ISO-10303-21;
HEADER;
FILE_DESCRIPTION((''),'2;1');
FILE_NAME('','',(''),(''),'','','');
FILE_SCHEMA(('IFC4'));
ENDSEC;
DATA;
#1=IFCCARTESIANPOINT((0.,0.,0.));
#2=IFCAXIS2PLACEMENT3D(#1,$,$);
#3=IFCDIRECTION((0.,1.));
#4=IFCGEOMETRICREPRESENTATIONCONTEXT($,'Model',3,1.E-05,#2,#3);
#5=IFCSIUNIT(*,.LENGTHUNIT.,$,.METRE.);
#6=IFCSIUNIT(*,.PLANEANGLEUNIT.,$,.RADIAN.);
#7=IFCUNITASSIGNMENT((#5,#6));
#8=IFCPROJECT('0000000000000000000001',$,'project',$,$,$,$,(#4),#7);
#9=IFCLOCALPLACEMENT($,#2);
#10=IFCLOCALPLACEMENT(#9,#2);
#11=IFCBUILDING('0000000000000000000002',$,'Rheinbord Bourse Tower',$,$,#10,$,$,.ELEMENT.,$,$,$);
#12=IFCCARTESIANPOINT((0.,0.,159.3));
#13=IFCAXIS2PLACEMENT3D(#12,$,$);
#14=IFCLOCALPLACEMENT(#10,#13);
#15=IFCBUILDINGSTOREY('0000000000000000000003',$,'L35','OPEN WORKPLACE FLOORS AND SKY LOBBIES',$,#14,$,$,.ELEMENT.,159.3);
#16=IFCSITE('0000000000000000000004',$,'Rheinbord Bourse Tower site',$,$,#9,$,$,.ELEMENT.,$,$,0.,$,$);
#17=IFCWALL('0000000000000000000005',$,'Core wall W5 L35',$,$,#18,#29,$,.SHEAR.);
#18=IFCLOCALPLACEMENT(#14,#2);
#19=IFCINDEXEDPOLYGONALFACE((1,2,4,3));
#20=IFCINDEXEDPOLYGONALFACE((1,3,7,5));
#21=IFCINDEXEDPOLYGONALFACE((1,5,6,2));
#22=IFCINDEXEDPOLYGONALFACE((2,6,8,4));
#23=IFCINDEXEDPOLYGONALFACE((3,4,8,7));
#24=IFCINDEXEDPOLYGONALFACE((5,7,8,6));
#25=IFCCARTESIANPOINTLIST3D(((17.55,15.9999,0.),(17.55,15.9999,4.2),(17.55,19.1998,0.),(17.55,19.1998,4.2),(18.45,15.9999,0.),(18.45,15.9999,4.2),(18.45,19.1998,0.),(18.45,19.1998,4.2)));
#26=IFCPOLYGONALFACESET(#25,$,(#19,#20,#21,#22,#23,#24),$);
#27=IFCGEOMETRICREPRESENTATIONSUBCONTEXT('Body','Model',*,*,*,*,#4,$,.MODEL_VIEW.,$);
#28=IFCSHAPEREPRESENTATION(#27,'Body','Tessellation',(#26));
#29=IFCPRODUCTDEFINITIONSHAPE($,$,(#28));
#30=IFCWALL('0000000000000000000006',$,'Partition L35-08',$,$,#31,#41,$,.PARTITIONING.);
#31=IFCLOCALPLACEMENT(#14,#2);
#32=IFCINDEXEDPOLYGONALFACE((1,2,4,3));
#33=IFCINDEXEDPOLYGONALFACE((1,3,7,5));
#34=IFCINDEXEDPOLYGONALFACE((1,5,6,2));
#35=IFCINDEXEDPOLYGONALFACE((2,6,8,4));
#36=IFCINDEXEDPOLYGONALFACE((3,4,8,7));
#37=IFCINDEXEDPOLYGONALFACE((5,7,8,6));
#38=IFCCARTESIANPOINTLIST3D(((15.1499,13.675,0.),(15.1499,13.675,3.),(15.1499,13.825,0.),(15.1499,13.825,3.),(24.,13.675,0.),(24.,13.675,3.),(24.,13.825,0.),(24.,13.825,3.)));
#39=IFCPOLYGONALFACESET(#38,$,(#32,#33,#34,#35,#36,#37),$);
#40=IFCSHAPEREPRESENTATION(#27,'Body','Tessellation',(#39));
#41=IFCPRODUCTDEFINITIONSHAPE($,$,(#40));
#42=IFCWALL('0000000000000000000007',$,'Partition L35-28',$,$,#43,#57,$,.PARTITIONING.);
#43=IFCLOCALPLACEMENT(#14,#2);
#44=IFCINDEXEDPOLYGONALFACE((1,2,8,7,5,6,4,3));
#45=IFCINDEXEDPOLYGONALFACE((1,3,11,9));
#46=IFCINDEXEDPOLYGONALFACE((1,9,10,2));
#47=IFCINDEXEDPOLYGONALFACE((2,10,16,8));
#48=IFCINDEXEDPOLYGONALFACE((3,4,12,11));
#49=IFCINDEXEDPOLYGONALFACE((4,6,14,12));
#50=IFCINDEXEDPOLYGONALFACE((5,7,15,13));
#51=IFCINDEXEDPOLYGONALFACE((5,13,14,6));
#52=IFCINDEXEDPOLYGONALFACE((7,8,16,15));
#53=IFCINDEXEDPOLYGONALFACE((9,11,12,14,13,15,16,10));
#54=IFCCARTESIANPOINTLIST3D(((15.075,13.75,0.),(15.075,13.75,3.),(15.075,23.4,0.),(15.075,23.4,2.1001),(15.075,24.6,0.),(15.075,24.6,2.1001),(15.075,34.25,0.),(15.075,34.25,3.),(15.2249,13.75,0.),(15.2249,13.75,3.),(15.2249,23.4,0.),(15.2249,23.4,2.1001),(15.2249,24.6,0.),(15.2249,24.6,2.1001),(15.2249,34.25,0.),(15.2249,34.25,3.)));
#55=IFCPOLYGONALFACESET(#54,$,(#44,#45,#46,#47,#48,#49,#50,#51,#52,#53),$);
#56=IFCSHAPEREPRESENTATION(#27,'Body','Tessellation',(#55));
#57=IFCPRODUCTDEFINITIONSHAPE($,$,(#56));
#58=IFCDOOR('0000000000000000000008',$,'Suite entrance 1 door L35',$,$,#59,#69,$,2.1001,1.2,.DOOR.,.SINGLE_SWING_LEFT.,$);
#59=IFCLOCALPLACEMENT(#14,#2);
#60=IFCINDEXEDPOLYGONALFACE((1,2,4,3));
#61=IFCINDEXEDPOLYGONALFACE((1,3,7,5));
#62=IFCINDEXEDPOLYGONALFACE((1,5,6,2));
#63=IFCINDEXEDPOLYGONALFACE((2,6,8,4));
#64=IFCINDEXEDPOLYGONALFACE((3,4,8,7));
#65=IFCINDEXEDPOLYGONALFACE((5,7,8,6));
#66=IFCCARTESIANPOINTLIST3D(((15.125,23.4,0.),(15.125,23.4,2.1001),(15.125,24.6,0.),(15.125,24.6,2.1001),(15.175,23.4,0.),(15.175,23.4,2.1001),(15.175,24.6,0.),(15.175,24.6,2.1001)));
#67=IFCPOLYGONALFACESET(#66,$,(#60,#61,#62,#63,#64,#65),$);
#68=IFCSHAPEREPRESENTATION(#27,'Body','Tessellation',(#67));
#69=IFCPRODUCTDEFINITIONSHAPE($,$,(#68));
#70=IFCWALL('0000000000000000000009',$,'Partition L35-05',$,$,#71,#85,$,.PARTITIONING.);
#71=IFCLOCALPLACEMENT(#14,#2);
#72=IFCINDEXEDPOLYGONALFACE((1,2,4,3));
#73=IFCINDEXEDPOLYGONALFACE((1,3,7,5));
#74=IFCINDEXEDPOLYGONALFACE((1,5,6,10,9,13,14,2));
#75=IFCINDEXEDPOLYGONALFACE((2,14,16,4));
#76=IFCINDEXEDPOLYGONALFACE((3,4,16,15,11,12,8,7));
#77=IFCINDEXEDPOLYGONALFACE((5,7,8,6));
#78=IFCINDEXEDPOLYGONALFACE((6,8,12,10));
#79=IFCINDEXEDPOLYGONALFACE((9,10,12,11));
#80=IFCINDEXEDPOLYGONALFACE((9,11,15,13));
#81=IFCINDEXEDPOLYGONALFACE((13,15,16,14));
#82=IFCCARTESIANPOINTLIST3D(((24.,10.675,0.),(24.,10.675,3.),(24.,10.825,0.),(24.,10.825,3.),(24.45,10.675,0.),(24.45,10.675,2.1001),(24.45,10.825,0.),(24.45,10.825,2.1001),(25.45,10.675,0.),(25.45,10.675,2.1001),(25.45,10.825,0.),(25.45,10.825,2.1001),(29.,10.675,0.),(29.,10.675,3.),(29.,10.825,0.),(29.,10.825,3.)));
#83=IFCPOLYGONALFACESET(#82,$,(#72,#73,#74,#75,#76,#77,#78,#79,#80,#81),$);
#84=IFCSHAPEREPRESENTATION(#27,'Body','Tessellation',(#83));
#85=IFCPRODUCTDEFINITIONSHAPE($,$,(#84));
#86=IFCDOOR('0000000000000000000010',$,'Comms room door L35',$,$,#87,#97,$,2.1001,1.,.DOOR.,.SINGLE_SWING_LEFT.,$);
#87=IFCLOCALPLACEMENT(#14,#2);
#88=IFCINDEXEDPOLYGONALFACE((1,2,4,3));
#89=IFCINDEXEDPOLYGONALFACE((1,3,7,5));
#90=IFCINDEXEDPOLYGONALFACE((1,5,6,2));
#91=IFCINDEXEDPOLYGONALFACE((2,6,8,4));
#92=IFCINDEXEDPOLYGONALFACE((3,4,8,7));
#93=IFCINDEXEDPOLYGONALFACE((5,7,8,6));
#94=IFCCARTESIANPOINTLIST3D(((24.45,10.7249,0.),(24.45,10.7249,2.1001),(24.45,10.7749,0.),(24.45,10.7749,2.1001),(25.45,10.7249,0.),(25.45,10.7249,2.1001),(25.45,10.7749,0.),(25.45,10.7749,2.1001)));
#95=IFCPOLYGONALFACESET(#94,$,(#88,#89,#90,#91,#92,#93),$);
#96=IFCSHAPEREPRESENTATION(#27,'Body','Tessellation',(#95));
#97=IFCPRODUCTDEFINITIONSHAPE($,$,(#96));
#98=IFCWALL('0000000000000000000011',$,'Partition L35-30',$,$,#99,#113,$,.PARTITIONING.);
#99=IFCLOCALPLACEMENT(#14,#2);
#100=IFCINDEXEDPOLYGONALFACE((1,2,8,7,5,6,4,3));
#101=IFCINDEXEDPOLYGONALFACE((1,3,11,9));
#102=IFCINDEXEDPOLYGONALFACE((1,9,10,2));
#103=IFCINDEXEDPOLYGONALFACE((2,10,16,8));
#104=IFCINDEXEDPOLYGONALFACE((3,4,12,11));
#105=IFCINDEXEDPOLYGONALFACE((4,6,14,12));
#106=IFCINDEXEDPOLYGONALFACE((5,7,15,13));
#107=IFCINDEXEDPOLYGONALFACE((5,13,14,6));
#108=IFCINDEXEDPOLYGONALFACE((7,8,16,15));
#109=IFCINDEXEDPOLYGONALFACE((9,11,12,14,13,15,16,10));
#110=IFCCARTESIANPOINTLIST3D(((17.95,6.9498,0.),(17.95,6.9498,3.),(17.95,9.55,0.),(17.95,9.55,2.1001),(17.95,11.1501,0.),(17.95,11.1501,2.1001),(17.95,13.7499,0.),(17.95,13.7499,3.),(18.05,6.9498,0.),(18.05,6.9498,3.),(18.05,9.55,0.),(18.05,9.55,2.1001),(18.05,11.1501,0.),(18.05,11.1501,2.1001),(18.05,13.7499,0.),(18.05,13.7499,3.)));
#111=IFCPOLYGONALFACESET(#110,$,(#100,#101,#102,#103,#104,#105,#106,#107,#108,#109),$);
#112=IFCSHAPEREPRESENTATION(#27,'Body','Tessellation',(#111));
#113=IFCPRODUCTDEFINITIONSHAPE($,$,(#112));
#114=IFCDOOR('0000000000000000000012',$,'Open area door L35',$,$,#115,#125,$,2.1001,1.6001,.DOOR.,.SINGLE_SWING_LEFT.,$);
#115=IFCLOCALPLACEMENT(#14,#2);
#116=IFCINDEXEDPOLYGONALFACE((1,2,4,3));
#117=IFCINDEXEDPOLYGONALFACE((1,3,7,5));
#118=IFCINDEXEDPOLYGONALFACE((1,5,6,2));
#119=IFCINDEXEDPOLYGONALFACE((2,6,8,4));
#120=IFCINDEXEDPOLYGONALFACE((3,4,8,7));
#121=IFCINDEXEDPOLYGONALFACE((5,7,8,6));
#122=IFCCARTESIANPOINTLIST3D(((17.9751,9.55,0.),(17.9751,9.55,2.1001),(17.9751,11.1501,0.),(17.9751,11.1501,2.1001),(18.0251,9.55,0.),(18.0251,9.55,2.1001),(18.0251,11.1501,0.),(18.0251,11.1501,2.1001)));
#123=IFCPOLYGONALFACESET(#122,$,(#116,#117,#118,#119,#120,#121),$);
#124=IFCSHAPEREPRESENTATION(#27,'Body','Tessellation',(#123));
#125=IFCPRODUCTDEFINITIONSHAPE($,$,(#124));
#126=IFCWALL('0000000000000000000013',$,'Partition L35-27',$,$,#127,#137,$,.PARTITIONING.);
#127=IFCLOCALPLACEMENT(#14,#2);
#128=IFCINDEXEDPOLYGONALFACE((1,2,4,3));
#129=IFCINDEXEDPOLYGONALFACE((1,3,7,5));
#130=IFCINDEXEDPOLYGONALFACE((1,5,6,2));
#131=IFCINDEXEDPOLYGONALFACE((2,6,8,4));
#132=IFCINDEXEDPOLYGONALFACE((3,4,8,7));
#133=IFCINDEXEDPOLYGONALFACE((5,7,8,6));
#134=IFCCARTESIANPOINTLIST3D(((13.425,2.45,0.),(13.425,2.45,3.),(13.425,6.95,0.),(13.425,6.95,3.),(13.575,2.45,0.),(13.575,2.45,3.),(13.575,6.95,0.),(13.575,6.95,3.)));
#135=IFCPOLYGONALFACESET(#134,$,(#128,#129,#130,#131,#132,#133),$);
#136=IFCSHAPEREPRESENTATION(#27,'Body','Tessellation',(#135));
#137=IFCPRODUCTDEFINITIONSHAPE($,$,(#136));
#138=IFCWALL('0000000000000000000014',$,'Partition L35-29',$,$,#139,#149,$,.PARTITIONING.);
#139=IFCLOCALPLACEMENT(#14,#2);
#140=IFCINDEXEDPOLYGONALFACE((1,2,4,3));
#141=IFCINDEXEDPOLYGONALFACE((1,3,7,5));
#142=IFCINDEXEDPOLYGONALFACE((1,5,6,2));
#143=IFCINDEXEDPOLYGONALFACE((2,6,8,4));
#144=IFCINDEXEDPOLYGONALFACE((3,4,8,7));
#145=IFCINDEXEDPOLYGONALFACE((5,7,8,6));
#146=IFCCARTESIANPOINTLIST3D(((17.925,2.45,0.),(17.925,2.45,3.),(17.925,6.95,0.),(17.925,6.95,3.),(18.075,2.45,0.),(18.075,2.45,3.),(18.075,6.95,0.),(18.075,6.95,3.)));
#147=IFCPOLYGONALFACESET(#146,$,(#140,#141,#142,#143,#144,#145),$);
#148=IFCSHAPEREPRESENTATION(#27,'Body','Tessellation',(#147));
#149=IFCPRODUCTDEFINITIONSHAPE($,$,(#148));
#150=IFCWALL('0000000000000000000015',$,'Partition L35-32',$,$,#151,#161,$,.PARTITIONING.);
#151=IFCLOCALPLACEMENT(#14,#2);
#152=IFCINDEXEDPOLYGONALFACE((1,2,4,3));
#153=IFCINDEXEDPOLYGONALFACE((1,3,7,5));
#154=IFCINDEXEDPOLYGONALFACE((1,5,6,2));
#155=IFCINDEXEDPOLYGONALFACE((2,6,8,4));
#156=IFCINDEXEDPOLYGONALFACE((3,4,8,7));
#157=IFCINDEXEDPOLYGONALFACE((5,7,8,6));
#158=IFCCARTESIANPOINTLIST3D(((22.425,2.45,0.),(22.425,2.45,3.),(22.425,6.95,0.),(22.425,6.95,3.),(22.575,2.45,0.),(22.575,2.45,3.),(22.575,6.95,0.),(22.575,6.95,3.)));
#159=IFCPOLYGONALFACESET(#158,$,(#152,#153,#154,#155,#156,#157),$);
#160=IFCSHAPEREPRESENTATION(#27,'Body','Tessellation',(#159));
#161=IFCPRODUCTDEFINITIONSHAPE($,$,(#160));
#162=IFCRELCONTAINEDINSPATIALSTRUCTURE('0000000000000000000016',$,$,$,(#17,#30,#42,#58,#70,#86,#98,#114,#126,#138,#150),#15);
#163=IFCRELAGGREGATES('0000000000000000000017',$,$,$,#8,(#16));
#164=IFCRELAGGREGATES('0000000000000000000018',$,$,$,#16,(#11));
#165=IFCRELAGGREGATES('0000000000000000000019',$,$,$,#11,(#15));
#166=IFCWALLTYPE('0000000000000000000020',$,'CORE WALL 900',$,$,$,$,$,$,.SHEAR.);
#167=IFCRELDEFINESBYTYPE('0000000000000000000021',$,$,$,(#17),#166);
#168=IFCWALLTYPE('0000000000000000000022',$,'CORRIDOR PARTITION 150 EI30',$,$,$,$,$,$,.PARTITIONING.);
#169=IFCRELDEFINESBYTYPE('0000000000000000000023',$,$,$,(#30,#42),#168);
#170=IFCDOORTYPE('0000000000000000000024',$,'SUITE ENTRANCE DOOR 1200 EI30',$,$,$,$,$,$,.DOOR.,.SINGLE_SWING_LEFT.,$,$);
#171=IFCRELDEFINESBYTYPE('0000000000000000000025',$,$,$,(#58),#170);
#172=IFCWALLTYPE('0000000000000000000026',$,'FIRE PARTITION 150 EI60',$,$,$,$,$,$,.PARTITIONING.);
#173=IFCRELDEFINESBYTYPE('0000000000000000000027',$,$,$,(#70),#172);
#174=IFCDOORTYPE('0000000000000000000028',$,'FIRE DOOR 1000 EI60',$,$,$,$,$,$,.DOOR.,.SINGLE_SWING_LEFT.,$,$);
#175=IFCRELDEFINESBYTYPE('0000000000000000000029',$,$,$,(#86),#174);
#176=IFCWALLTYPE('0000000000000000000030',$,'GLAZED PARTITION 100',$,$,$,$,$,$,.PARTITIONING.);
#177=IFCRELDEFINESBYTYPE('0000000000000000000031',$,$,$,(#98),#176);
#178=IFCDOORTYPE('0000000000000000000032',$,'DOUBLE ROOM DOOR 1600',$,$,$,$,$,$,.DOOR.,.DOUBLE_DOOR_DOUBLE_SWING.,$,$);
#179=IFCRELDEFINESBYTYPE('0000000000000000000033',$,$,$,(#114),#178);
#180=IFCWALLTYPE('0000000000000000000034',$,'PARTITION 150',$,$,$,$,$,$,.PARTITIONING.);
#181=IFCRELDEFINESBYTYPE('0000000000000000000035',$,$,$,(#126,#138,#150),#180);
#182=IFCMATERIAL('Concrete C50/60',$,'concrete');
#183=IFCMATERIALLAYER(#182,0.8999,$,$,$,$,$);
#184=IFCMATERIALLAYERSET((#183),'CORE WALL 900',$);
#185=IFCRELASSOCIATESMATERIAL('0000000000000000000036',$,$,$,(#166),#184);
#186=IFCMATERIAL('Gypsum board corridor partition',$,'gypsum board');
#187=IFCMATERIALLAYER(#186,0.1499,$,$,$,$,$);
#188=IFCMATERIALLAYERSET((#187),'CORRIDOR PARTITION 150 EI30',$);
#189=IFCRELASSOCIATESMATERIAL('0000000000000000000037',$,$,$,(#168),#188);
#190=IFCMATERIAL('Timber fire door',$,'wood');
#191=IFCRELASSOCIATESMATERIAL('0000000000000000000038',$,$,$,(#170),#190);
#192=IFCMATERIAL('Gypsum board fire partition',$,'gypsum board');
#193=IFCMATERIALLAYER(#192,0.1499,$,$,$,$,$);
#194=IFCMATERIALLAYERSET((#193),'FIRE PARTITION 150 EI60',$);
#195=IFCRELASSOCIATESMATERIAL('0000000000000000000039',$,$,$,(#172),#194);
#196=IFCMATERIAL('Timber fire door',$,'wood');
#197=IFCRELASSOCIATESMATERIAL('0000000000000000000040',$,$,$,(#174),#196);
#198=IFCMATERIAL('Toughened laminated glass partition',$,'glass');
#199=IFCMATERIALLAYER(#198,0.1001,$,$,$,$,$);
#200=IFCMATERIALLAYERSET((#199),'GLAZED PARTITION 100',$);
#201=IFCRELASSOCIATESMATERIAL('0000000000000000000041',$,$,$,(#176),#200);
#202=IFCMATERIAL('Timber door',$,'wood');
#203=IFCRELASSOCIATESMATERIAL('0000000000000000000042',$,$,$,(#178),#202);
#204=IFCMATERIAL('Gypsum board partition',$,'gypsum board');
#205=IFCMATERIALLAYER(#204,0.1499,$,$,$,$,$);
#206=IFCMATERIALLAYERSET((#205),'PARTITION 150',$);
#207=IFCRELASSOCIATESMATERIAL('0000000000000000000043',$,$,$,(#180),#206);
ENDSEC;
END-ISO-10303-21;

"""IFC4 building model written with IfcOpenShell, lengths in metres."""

from ifc_helpers import new_model, si_unit, direction, frame, frame_2d, origin, place, context, subcontext, project, spatial, rectangle, extrude, material, layer, layer_set, type_object, element, fill, save


model = new_model("IFC4")

# Units and contexts
model_context = context("Model", 3, precision=1e-05, world=origin(), true_north=direction((0.0, 1.0)))
body_context = subcontext(model_context, "Body", "Model", "MODEL_VIEW")
ifc_project = project(units=[si_unit("LENGTHUNIT", "METRE"), si_unit("PLANEANGLEUNIT", "RADIAN")], contexts=[model_context])

# Site, building, storey
site_placement = place(None, origin())
site = spatial("IfcSite", under=ifc_project, at=site_placement, Name="Rheinbord Bourse Tower site", CompositionType="ELEMENT", RefElevation=0.0)
building_placement = place(site_placement, origin())
building = spatial("IfcBuilding", under=site, at=building_placement, Name="Rheinbord Bourse Tower", CompositionType="ELEMENT")
storey_placement = place(building_placement, frame((0.0, 0.0, 159.3)))
storey = spatial("IfcBuildingStorey", under=building, at=storey_placement, Name="L35", Description="OPEN WORKPLACE FLOORS AND SKY LOBBIES", CompositionType="ELEMENT", Elevation=159.3)

# Walls
ifc_material_1 = material(Name="Concrete C50/60", Category="concrete")
ifc_layer_1 = layer(ifc_material_1, 0.8999)
ifc_layer_set_1 = layer_set([ifc_layer_1], Name="CORE WALL 900")
wall_type_1 = type_object("IfcWallType", Name="CORE WALL 900", PredefinedType="SHEAR", material=ifc_layer_set_1)
wall_1_placement = place(storey_placement, frame((18.0, 19.2, 0.0), z_axis=(0.0, 0.0, 1.0), x_axis=(0.0, -1.0, 0.0)))
element("IfcWall", 1, at=wall_1_placement, inside=storey, type_object=wall_type_1, Name="Core wall W5 L35", PredefinedType="SHEAR", context=body_context, shape_type="SweptSolid", body=[
    extrude(rectangle(XDim=3.2, YDim=0.8999, at=frame_2d((1.6001, 0.0))), origin(), (0.0, 0.0, 1.0), 4.2),
])
ifc_material_2 = material(Name="Gypsum board corridor partition", Category="gypsum board")
ifc_layer_2 = layer(ifc_material_2, 0.1499)
ifc_layer_set_2 = layer_set([ifc_layer_2], Name="CORRIDOR PARTITION 150 EI30")
wall_type_2 = type_object("IfcWallType", Name="CORRIDOR PARTITION 150 EI30", PredefinedType="PARTITIONING", material=ifc_layer_set_2)
wall_2_placement = place(storey_placement, frame((15.1499, 13.75, 0.0), z_axis=(0.0, 0.0, 1.0), x_axis=(1.0, 0.0, 0.0)))
element("IfcWall", 2, at=wall_2_placement, inside=storey, type_object=wall_type_2, Name="Partition L35-08", PredefinedType="PARTITIONING", context=body_context, shape_type="SweptSolid", body=[
    extrude(rectangle(XDim=8.8501, YDim=0.1499, at=frame_2d((4.425, 0.0))), origin(), (0.0, 0.0, 1.0), 3.0),
])

# Walls, openings, doors
wall_3_placement = place(storey_placement, frame((15.1499, 13.75, 0.0), z_axis=(0.0, 0.0, 1.0), x_axis=(0.0, 1.0, 0.0)))
wall_3 = element("IfcWall", 3, at=wall_3_placement, inside=storey, type_object=wall_type_2, Name="Partition L35-28", PredefinedType="PARTITIONING", context=body_context, shape_type="SweptSolid", body=[
    extrude(rectangle(XDim=20.5, YDim=0.1499, at=frame_2d((10.25, 0.0))), origin(), (0.0, 0.0, 1.0), 3.0),
])
opening_1_placement = place(wall_3_placement, frame((9.6499, 0.0, 0.0)))
opening_1 = element("IfcOpeningElement", 4, at=opening_1_placement, cuts=wall_3, PredefinedType="OPENING", context=body_context, shape_type="SweptSolid", body=[
    extrude(rectangle(XDim=1.2, YDim=2.1001, at=frame_2d((0.6001, 1.05))), frame((0.0, 0.085, 0.0), z_axis=(0.0, -1.0, 0.0), x_axis=(1.0, 0.0, 0.0)), (0.0, 0.0, 1.0), 0.1699),
])
ifc_material_3 = material(Name="Timber fire door", Category="wood")
door_type_1 = type_object("IfcDoorType", Name="SUITE ENTRANCE DOOR 1200 EI30", OperationType="SINGLE_SWING_LEFT", PredefinedType="DOOR", material=ifc_material_3)
door_1_placement = place(opening_1_placement, origin())
door_1 = element("IfcDoor", 5, at=door_1_placement, inside=storey, type_object=door_type_1, Name="Suite entrance 1 door L35", OperationType="SINGLE_SWING_LEFT", OverallHeight=2.1001, OverallWidth=1.2, PredefinedType="DOOR", context=body_context, shape_type="SweptSolid", body=[
    extrude(rectangle(XDim=1.2, YDim=2.1001, at=frame_2d((0.6001, 1.05))), frame((0.0, 0.0249, 0.0), z_axis=(0.0, -1.0, 0.0), x_axis=(1.0, 0.0, 0.0)), (0.0, 0.0, 1.0), 0.05),
])
fill(opening_1, door_1)
ifc_material_4 = material(Name="Gypsum board fire partition", Category="gypsum board")
ifc_layer_3 = layer(ifc_material_4, 0.1499)
ifc_layer_set_3 = layer_set([ifc_layer_3], Name="FIRE PARTITION 150 EI60")
wall_type_3 = type_object("IfcWallType", Name="FIRE PARTITION 150 EI60", PredefinedType="PARTITIONING", material=ifc_layer_set_3)
wall_4_placement = place(storey_placement, frame((24.0, 10.75, 0.0), z_axis=(0.0, 0.0, 1.0), x_axis=(1.0, 0.0, 0.0)))
wall_4 = element("IfcWall", 6, at=wall_4_placement, inside=storey, type_object=wall_type_3, Name="Partition L35-05", PredefinedType="PARTITIONING", context=body_context, shape_type="SweptSolid", body=[
    extrude(rectangle(XDim=5.0, YDim=0.1499, at=frame_2d((2.5, 0.0))), origin(), (0.0, 0.0, 1.0), 3.0),
])
opening_2_placement = place(wall_4_placement, frame((0.45, 0.0, 0.0)))
opening_2 = element("IfcOpeningElement", 7, at=opening_2_placement, cuts=wall_4, PredefinedType="OPENING", context=body_context, shape_type="SweptSolid", body=[
    extrude(rectangle(XDim=1.0, YDim=2.1001, at=frame_2d((0.5, 1.05))), frame((0.0, 0.085, 0.0), z_axis=(0.0, -1.0, 0.0), x_axis=(1.0, 0.0, 0.0)), (0.0, 0.0, 1.0), 0.1699),
])
ifc_material_5 = material(Name="Timber fire door", Category="wood")
door_type_2 = type_object("IfcDoorType", Name="FIRE DOOR 1000 EI60", OperationType="SINGLE_SWING_LEFT", PredefinedType="DOOR", material=ifc_material_5)
door_2_placement = place(opening_2_placement, origin())
door_2 = element("IfcDoor", 8, at=door_2_placement, inside=storey, type_object=door_type_2, Name="Comms room door L35", OperationType="SINGLE_SWING_LEFT", OverallHeight=2.1001, OverallWidth=1.0, PredefinedType="DOOR", context=body_context, shape_type="SweptSolid", body=[
    extrude(rectangle(XDim=1.0, YDim=2.1001, at=frame_2d((0.5, 1.05))), frame((0.0, 0.0249, 0.0), z_axis=(0.0, -1.0, 0.0), x_axis=(1.0, 0.0, 0.0)), (0.0, 0.0, 1.0), 0.05),
])
fill(opening_2, door_2)
ifc_material_6 = material(Name="Toughened laminated glass partition", Category="glass")
ifc_layer_4 = layer(ifc_material_6, 0.1001)
ifc_layer_set_4 = layer_set([ifc_layer_4], Name="GLAZED PARTITION 100")
wall_type_4 = type_object("IfcWallType", Name="GLAZED PARTITION 100", PredefinedType="PARTITIONING", material=ifc_layer_set_4)
wall_5_placement = place(storey_placement, frame((18.0, 6.95, 0.0), z_axis=(0.0, 0.0, 1.0), x_axis=(0.0, 1.0, 0.0)))
wall_5 = element("IfcWall", 9, at=wall_5_placement, inside=storey, type_object=wall_type_4, Name="Partition L35-30", PredefinedType="PARTITIONING", context=body_context, shape_type="SweptSolid", body=[
    extrude(rectangle(XDim=6.8, YDim=0.1001, at=frame_2d((3.3999, 0.0))), origin(), (0.0, 0.0, 1.0), 3.0),
])
opening_3_placement = place(wall_5_placement, frame((2.6001, 0.0, 0.0)))
opening_3 = element("IfcOpeningElement", 10, at=opening_3_placement, cuts=wall_5, PredefinedType="OPENING", context=body_context, shape_type="SweptSolid", body=[
    extrude(rectangle(XDim=1.6001, YDim=2.1001, at=frame_2d((0.8, 1.05))), frame((0.0, 0.0601, 0.0), z_axis=(0.0, -1.0, 0.0), x_axis=(1.0, 0.0, 0.0)), (0.0, 0.0, 1.0), 0.1201),
])
ifc_material_7 = material(Name="Timber door", Category="wood")
door_type_3 = type_object("IfcDoorType", Name="DOUBLE ROOM DOOR 1600", OperationType="DOUBLE_DOOR_DOUBLE_SWING", PredefinedType="DOOR", material=ifc_material_7)
door_3_placement = place(opening_3_placement, origin())
door_3 = element("IfcDoor", 11, at=door_3_placement, inside=storey, type_object=door_type_3, Name="Open area door L35", OperationType="SINGLE_SWING_LEFT", OverallHeight=2.1001, OverallWidth=1.6001, PredefinedType="DOOR", context=body_context, shape_type="SweptSolid", body=[
    extrude(rectangle(XDim=1.6001, YDim=2.1001, at=frame_2d((0.8, 1.05))), frame((0.0, 0.0249, 0.0), z_axis=(0.0, -1.0, 0.0), x_axis=(1.0, 0.0, 0.0)), (0.0, 0.0, 1.0), 0.05),
])
fill(opening_3, door_3)

# Walls
ifc_material_8 = material(Name="Gypsum board partition", Category="gypsum board")
ifc_layer_5 = layer(ifc_material_8, 0.1499)
ifc_layer_set_5 = layer_set([ifc_layer_5], Name="PARTITION 150")
wall_type_5 = type_object("IfcWallType", Name="PARTITION 150", PredefinedType="PARTITIONING", material=ifc_layer_set_5)
for number, where, z_axis, x_axis, name in (
    (12, (13.5, 2.45, 0.0), (0.0, 0.0, 1.0), (0.0, 1.0, 0.0), "Partition L35-27"),
    (13, (18.0, 2.45, 0.0), (0.0, 0.0, 1.0), (0.0, 1.0, 0.0), "Partition L35-29"),
    (14, (22.5, 2.45, 0.0), (0.0, 0.0, 1.0), (0.0, 1.0, 0.0), "Partition L35-32"),
):
    element("IfcWall", number, at=place(storey_placement, frame(where, z_axis=z_axis, x_axis=x_axis)), inside=storey, type_object=wall_type_5, Name=name, PredefinedType="PARTITIONING", context=body_context, shape_type="SweptSolid", body=[
        extrude(rectangle(XDim=4.5, YDim=0.1499, at=frame_2d((2.25, 0.0))), origin(), (0.0, 0.0, 1.0), 3.0),
    ])

save(model, "model.ifc")
